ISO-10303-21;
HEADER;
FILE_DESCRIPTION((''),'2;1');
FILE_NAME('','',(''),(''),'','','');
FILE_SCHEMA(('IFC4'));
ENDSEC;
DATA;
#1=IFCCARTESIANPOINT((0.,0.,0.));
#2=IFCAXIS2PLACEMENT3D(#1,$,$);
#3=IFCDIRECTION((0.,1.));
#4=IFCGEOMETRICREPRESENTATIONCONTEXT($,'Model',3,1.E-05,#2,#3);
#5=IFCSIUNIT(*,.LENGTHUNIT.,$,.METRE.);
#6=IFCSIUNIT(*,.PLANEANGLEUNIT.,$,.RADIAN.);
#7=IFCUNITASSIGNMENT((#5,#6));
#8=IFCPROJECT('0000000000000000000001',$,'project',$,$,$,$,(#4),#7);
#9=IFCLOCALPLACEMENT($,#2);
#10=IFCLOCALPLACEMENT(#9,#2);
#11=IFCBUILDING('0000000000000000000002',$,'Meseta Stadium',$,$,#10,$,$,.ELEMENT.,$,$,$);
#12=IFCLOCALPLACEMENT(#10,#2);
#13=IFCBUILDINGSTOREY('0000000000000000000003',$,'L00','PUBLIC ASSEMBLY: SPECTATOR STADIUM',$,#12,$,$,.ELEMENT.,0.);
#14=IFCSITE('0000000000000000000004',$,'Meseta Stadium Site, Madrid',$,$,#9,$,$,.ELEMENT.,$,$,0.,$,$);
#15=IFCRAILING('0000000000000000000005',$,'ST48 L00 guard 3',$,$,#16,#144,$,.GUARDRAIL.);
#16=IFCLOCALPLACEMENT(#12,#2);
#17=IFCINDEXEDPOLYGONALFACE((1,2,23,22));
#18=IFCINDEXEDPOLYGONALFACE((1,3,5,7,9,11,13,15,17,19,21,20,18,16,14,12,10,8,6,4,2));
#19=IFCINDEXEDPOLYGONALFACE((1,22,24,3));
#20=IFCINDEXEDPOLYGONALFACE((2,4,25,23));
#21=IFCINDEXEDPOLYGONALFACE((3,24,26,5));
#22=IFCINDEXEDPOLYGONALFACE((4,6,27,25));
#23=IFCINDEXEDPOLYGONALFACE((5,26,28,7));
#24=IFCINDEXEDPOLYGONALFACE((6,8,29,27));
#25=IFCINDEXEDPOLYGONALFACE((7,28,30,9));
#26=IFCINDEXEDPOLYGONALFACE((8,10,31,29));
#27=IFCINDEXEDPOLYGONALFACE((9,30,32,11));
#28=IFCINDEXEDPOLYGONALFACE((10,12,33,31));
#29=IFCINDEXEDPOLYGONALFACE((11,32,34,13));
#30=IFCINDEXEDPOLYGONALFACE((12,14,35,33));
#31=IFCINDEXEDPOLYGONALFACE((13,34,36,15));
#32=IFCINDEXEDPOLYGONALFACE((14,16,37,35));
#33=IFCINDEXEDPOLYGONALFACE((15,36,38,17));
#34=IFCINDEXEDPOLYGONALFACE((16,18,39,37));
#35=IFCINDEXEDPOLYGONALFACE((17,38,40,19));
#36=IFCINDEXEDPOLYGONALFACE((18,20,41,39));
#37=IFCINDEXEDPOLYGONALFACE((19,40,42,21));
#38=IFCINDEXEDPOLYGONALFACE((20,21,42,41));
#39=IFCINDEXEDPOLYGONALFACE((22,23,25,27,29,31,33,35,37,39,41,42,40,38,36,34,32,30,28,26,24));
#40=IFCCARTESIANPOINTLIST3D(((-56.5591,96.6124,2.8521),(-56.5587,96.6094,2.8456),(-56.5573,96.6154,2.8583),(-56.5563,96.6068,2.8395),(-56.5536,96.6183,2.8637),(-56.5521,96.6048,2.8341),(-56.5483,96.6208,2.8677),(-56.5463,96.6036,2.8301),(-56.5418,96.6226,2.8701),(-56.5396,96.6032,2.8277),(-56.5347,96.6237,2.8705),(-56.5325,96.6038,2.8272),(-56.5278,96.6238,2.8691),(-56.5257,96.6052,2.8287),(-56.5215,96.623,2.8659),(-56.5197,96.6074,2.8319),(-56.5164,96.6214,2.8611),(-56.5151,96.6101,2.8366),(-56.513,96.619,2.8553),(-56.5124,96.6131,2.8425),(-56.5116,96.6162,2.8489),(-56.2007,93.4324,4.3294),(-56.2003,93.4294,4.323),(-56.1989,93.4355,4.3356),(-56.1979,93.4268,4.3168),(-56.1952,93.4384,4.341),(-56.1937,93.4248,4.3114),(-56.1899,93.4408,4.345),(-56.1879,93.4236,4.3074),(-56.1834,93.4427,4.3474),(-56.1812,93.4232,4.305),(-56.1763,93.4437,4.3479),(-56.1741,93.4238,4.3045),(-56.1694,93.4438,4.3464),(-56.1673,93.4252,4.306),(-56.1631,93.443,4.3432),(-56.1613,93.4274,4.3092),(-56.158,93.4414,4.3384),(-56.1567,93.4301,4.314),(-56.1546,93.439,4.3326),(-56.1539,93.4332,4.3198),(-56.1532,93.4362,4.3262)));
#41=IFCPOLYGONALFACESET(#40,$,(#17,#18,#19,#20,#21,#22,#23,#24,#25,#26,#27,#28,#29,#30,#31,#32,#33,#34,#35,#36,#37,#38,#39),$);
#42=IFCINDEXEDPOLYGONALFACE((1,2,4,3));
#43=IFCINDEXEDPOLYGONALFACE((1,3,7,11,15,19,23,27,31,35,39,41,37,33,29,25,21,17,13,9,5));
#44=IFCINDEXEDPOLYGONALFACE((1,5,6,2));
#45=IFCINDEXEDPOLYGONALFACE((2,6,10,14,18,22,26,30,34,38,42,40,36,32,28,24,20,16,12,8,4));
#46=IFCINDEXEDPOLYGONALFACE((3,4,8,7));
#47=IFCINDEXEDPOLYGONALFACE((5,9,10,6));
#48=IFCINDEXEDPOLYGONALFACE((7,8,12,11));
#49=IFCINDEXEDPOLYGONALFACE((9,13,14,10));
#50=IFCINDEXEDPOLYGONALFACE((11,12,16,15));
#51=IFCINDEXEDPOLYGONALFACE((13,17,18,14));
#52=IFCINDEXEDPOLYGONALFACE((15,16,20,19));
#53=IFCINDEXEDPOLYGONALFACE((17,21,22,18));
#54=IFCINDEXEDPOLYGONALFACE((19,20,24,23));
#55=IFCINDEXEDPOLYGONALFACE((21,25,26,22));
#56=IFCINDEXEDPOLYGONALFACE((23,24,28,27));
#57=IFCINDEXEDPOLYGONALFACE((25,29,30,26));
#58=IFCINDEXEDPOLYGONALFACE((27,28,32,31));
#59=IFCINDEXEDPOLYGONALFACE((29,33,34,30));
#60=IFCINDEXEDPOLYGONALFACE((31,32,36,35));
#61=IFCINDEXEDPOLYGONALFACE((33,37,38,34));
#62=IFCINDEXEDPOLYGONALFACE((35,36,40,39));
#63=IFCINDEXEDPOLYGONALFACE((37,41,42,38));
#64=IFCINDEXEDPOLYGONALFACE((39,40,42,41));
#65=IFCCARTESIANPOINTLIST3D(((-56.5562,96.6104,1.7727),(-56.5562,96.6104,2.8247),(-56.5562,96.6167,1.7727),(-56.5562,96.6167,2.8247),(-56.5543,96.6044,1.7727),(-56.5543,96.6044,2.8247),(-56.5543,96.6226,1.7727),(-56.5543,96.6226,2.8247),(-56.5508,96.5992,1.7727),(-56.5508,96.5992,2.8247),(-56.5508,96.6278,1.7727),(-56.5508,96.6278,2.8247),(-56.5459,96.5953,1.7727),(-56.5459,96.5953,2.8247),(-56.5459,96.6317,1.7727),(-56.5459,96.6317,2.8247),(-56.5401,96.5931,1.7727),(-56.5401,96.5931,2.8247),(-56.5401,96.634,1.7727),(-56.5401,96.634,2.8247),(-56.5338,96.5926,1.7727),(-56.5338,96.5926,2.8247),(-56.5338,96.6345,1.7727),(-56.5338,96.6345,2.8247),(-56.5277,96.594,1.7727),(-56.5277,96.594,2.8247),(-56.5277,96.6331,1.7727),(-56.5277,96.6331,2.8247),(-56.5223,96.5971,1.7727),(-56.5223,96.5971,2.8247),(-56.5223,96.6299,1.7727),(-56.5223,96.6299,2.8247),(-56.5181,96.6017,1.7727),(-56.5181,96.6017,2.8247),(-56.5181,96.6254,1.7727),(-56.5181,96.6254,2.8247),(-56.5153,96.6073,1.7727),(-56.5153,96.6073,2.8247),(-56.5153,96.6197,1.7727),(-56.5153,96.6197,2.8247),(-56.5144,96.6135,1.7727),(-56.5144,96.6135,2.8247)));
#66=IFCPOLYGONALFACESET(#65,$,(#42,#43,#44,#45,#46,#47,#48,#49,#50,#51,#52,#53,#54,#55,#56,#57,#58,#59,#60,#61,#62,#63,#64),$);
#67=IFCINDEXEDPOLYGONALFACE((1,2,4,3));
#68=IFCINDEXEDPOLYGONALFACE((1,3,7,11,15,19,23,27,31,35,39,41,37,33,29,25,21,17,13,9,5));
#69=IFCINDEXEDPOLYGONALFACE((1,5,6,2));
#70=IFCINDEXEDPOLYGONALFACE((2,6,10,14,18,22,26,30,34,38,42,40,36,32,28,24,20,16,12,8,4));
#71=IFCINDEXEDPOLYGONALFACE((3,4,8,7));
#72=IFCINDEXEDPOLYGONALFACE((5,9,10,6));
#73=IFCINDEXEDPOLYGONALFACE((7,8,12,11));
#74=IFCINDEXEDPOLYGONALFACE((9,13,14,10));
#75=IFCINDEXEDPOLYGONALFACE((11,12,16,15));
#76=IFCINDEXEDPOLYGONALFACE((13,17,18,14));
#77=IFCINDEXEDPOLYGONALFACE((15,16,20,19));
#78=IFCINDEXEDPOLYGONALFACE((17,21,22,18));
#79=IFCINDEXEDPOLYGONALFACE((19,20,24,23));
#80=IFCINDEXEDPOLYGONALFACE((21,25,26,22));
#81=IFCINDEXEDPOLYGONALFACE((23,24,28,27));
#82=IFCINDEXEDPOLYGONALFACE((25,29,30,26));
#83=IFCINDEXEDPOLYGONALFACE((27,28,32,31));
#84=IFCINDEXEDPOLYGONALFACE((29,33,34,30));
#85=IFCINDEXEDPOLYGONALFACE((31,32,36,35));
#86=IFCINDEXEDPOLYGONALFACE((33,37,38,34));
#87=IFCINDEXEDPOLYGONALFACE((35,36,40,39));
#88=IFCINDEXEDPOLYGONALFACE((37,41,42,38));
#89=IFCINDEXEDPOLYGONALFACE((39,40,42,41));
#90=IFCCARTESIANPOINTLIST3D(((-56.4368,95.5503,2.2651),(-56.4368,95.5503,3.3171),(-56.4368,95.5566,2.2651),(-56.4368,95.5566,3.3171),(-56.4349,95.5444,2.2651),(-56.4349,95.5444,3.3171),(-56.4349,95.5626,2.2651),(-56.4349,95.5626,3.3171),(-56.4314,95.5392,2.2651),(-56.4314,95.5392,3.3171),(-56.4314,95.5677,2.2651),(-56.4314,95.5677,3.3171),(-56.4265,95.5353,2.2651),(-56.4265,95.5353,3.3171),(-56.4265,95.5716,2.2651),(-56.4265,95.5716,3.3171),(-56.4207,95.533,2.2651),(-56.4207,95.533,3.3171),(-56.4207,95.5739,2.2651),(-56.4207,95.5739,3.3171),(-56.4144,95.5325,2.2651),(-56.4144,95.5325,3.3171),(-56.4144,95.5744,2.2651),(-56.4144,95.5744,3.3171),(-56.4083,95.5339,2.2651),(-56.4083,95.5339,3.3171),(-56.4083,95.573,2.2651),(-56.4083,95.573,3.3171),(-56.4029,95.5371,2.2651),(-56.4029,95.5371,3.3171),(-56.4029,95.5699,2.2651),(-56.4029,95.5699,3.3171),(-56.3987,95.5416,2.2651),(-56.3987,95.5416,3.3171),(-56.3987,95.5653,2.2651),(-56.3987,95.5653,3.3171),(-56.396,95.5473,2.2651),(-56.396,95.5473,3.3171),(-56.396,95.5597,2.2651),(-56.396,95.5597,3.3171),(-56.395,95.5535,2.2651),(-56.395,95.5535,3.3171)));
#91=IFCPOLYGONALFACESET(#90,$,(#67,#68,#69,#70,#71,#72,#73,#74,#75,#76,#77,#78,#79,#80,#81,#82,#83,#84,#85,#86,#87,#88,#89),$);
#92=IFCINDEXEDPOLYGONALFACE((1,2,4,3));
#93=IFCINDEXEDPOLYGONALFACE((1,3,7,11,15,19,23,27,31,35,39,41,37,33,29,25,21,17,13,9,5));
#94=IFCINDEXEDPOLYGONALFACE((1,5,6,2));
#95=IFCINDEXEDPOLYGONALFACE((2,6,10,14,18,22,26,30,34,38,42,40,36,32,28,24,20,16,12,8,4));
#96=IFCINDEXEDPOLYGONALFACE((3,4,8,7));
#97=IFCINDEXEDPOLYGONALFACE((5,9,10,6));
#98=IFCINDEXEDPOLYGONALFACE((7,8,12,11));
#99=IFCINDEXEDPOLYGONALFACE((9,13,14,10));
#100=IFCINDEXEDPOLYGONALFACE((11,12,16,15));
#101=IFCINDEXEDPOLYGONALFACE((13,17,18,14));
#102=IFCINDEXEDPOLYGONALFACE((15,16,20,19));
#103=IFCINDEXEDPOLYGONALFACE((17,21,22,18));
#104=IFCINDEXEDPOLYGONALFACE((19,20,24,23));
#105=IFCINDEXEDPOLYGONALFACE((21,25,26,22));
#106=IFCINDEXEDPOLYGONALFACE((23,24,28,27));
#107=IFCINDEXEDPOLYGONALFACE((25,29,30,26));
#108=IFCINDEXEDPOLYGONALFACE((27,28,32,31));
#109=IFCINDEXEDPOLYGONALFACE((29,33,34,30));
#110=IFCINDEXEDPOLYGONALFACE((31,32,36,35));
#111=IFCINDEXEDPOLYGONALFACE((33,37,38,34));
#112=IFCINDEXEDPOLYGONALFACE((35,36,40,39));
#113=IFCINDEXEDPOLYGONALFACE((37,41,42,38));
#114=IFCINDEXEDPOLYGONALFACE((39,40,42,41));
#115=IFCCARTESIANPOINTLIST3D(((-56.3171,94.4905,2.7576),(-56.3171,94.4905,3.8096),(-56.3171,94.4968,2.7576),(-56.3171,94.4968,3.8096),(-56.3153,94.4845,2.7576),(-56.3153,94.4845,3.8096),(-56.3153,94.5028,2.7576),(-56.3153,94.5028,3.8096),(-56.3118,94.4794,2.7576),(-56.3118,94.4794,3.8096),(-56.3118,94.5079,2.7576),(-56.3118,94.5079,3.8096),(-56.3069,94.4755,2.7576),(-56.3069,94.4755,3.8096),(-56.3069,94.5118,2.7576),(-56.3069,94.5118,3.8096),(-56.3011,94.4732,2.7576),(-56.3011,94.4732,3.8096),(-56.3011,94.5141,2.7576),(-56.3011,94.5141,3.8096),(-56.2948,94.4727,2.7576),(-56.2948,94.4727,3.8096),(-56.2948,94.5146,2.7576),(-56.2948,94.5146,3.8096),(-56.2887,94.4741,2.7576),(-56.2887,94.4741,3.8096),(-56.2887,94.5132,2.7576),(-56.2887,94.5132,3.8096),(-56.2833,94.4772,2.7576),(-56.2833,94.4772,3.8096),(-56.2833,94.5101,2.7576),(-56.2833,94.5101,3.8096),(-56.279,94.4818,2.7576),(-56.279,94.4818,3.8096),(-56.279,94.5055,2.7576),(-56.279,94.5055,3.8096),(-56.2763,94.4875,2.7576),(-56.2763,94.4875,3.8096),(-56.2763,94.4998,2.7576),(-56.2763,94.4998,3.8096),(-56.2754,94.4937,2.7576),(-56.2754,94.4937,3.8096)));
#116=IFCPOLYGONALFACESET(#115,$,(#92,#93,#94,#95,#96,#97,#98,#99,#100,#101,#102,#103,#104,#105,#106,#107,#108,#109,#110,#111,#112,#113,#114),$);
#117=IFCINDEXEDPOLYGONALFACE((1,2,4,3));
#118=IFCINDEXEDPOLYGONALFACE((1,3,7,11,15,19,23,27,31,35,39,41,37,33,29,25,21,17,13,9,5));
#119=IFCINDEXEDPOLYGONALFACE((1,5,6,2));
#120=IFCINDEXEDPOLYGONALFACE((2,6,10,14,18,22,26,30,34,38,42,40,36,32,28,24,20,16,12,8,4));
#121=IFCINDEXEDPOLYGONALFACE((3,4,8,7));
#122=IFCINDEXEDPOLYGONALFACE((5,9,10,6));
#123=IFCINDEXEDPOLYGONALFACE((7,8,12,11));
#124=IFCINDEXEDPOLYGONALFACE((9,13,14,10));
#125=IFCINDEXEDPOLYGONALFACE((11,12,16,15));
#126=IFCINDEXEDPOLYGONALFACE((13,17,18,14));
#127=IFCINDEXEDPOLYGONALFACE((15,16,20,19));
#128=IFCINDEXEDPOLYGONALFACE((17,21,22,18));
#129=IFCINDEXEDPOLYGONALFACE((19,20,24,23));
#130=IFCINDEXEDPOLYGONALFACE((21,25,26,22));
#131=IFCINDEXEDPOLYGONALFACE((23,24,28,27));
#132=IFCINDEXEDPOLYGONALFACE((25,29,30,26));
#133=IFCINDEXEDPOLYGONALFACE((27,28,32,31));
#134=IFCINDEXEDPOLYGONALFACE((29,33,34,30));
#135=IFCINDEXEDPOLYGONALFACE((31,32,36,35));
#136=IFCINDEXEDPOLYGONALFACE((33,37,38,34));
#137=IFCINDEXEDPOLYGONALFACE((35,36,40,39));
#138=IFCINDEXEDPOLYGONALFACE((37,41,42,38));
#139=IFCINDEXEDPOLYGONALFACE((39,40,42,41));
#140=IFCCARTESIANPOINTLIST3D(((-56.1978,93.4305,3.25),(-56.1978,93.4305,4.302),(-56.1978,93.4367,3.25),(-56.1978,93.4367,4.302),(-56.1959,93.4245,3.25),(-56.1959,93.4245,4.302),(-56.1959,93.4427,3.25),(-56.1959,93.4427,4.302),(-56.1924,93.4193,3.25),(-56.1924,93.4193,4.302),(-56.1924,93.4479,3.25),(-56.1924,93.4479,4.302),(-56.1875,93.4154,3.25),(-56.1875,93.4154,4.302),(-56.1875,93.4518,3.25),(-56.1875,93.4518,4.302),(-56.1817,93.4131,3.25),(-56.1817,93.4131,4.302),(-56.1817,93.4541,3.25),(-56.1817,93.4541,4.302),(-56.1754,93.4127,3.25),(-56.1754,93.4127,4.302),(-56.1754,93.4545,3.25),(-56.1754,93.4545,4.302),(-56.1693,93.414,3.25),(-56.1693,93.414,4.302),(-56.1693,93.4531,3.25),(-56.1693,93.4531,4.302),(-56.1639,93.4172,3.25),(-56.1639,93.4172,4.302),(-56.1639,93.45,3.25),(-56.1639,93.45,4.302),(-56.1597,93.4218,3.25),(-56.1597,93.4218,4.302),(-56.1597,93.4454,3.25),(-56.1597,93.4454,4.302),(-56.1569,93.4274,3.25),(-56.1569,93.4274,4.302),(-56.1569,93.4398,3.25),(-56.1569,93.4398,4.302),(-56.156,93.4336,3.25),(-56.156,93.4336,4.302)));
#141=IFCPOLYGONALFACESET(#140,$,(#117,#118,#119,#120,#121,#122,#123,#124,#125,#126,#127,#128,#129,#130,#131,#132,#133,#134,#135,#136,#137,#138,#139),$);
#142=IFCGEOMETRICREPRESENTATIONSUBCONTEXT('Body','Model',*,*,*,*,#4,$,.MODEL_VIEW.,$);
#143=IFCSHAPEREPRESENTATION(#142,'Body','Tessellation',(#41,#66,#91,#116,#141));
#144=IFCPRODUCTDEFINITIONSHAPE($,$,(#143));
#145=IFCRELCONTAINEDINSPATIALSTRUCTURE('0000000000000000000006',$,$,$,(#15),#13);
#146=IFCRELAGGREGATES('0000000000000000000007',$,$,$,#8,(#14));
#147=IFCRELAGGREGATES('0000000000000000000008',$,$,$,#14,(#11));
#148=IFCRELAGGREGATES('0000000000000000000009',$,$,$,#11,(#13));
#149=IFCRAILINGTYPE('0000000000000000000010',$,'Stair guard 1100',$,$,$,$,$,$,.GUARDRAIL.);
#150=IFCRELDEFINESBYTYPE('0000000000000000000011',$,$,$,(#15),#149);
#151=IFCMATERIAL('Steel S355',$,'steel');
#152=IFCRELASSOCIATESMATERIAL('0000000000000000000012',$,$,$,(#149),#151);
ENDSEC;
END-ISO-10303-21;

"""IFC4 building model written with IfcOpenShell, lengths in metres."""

from ifc_helpers import new_model, si_unit, direction, frame, origin, origin_2d, place, context, subcontext, project, spatial, circle, extrude, material, type_object, element, save


model = new_model("IFC4")

# Units and contexts
model_context = context("Model", 3, precision=1e-05, world=origin(), true_north=direction((0.0, 1.0)))
body_context = subcontext(model_context, "Body", "Model", "MODEL_VIEW")
ifc_project = project(units=[si_unit("LENGTHUNIT", "METRE"), si_unit("PLANEANGLEUNIT", "RADIAN")], contexts=[model_context])

# Site, building, storey
site_placement = place(None, origin())
site = spatial("IfcSite", under=ifc_project, at=site_placement, Name="Meseta Stadium Site, Madrid", CompositionType="ELEMENT", RefElevation=0.0)
building_placement = place(site_placement, origin())
building = spatial("IfcBuilding", under=site, at=building_placement, Name="Meseta Stadium", CompositionType="ELEMENT")
storey_placement = place(building_placement, origin())
storey = spatial("IfcBuildingStorey", under=building, at=storey_placement, Name="L00", Description="PUBLIC ASSEMBLY: SPECTATOR STADIUM", CompositionType="ELEMENT", Elevation=0.0)

# Railing
ifc_material_1 = material(Name="Steel S355", Category="steel")
railing_type_1 = type_object("IfcRailingType", Name="Stair guard 1100", PredefinedType="GUARDRAIL", material=ifc_material_1)
railing_1_placement = place(storey_placement, frame((-56.5354, 96.6135, 1.7727)))
element("IfcRailing", 1, at=railing_1_placement, inside=storey, type_object=railing_type_1, Name="ST48 L00 guard 3", PredefinedType="GUARDRAIL", context=body_context, shape_type="SweptSolid", body=[
    extrude(circle(Radius=0.0239, at=origin_2d()), frame((0.0, 0.0, 1.0762), z_axis=(0.101685, -0.90221, 0.419138), x_axis=(0.993709, 0.111997, 0.0)), (0.0, 0.0, 1.0), 3.5247),
    extrude(circle(Radius=0.021, at=origin_2d()), origin(), (0.0, 0.0, 1.0), 1.052),
    extrude(circle(Radius=0.021, at=origin_2d()), frame((0.1194, -1.0601, 0.4924)), (0.0, 0.0, 1.0), 1.052),
    extrude(circle(Radius=0.021, at=origin_2d()), frame((0.239, -2.1199, 0.9849)), (0.0, 0.0, 1.0), 1.052),
    extrude(circle(Radius=0.021, at=origin_2d()), frame((0.3584, -3.1799, 1.4773)), (0.0, 0.0, 1.0), 1.052),
])

save(model, "model.ifc")
